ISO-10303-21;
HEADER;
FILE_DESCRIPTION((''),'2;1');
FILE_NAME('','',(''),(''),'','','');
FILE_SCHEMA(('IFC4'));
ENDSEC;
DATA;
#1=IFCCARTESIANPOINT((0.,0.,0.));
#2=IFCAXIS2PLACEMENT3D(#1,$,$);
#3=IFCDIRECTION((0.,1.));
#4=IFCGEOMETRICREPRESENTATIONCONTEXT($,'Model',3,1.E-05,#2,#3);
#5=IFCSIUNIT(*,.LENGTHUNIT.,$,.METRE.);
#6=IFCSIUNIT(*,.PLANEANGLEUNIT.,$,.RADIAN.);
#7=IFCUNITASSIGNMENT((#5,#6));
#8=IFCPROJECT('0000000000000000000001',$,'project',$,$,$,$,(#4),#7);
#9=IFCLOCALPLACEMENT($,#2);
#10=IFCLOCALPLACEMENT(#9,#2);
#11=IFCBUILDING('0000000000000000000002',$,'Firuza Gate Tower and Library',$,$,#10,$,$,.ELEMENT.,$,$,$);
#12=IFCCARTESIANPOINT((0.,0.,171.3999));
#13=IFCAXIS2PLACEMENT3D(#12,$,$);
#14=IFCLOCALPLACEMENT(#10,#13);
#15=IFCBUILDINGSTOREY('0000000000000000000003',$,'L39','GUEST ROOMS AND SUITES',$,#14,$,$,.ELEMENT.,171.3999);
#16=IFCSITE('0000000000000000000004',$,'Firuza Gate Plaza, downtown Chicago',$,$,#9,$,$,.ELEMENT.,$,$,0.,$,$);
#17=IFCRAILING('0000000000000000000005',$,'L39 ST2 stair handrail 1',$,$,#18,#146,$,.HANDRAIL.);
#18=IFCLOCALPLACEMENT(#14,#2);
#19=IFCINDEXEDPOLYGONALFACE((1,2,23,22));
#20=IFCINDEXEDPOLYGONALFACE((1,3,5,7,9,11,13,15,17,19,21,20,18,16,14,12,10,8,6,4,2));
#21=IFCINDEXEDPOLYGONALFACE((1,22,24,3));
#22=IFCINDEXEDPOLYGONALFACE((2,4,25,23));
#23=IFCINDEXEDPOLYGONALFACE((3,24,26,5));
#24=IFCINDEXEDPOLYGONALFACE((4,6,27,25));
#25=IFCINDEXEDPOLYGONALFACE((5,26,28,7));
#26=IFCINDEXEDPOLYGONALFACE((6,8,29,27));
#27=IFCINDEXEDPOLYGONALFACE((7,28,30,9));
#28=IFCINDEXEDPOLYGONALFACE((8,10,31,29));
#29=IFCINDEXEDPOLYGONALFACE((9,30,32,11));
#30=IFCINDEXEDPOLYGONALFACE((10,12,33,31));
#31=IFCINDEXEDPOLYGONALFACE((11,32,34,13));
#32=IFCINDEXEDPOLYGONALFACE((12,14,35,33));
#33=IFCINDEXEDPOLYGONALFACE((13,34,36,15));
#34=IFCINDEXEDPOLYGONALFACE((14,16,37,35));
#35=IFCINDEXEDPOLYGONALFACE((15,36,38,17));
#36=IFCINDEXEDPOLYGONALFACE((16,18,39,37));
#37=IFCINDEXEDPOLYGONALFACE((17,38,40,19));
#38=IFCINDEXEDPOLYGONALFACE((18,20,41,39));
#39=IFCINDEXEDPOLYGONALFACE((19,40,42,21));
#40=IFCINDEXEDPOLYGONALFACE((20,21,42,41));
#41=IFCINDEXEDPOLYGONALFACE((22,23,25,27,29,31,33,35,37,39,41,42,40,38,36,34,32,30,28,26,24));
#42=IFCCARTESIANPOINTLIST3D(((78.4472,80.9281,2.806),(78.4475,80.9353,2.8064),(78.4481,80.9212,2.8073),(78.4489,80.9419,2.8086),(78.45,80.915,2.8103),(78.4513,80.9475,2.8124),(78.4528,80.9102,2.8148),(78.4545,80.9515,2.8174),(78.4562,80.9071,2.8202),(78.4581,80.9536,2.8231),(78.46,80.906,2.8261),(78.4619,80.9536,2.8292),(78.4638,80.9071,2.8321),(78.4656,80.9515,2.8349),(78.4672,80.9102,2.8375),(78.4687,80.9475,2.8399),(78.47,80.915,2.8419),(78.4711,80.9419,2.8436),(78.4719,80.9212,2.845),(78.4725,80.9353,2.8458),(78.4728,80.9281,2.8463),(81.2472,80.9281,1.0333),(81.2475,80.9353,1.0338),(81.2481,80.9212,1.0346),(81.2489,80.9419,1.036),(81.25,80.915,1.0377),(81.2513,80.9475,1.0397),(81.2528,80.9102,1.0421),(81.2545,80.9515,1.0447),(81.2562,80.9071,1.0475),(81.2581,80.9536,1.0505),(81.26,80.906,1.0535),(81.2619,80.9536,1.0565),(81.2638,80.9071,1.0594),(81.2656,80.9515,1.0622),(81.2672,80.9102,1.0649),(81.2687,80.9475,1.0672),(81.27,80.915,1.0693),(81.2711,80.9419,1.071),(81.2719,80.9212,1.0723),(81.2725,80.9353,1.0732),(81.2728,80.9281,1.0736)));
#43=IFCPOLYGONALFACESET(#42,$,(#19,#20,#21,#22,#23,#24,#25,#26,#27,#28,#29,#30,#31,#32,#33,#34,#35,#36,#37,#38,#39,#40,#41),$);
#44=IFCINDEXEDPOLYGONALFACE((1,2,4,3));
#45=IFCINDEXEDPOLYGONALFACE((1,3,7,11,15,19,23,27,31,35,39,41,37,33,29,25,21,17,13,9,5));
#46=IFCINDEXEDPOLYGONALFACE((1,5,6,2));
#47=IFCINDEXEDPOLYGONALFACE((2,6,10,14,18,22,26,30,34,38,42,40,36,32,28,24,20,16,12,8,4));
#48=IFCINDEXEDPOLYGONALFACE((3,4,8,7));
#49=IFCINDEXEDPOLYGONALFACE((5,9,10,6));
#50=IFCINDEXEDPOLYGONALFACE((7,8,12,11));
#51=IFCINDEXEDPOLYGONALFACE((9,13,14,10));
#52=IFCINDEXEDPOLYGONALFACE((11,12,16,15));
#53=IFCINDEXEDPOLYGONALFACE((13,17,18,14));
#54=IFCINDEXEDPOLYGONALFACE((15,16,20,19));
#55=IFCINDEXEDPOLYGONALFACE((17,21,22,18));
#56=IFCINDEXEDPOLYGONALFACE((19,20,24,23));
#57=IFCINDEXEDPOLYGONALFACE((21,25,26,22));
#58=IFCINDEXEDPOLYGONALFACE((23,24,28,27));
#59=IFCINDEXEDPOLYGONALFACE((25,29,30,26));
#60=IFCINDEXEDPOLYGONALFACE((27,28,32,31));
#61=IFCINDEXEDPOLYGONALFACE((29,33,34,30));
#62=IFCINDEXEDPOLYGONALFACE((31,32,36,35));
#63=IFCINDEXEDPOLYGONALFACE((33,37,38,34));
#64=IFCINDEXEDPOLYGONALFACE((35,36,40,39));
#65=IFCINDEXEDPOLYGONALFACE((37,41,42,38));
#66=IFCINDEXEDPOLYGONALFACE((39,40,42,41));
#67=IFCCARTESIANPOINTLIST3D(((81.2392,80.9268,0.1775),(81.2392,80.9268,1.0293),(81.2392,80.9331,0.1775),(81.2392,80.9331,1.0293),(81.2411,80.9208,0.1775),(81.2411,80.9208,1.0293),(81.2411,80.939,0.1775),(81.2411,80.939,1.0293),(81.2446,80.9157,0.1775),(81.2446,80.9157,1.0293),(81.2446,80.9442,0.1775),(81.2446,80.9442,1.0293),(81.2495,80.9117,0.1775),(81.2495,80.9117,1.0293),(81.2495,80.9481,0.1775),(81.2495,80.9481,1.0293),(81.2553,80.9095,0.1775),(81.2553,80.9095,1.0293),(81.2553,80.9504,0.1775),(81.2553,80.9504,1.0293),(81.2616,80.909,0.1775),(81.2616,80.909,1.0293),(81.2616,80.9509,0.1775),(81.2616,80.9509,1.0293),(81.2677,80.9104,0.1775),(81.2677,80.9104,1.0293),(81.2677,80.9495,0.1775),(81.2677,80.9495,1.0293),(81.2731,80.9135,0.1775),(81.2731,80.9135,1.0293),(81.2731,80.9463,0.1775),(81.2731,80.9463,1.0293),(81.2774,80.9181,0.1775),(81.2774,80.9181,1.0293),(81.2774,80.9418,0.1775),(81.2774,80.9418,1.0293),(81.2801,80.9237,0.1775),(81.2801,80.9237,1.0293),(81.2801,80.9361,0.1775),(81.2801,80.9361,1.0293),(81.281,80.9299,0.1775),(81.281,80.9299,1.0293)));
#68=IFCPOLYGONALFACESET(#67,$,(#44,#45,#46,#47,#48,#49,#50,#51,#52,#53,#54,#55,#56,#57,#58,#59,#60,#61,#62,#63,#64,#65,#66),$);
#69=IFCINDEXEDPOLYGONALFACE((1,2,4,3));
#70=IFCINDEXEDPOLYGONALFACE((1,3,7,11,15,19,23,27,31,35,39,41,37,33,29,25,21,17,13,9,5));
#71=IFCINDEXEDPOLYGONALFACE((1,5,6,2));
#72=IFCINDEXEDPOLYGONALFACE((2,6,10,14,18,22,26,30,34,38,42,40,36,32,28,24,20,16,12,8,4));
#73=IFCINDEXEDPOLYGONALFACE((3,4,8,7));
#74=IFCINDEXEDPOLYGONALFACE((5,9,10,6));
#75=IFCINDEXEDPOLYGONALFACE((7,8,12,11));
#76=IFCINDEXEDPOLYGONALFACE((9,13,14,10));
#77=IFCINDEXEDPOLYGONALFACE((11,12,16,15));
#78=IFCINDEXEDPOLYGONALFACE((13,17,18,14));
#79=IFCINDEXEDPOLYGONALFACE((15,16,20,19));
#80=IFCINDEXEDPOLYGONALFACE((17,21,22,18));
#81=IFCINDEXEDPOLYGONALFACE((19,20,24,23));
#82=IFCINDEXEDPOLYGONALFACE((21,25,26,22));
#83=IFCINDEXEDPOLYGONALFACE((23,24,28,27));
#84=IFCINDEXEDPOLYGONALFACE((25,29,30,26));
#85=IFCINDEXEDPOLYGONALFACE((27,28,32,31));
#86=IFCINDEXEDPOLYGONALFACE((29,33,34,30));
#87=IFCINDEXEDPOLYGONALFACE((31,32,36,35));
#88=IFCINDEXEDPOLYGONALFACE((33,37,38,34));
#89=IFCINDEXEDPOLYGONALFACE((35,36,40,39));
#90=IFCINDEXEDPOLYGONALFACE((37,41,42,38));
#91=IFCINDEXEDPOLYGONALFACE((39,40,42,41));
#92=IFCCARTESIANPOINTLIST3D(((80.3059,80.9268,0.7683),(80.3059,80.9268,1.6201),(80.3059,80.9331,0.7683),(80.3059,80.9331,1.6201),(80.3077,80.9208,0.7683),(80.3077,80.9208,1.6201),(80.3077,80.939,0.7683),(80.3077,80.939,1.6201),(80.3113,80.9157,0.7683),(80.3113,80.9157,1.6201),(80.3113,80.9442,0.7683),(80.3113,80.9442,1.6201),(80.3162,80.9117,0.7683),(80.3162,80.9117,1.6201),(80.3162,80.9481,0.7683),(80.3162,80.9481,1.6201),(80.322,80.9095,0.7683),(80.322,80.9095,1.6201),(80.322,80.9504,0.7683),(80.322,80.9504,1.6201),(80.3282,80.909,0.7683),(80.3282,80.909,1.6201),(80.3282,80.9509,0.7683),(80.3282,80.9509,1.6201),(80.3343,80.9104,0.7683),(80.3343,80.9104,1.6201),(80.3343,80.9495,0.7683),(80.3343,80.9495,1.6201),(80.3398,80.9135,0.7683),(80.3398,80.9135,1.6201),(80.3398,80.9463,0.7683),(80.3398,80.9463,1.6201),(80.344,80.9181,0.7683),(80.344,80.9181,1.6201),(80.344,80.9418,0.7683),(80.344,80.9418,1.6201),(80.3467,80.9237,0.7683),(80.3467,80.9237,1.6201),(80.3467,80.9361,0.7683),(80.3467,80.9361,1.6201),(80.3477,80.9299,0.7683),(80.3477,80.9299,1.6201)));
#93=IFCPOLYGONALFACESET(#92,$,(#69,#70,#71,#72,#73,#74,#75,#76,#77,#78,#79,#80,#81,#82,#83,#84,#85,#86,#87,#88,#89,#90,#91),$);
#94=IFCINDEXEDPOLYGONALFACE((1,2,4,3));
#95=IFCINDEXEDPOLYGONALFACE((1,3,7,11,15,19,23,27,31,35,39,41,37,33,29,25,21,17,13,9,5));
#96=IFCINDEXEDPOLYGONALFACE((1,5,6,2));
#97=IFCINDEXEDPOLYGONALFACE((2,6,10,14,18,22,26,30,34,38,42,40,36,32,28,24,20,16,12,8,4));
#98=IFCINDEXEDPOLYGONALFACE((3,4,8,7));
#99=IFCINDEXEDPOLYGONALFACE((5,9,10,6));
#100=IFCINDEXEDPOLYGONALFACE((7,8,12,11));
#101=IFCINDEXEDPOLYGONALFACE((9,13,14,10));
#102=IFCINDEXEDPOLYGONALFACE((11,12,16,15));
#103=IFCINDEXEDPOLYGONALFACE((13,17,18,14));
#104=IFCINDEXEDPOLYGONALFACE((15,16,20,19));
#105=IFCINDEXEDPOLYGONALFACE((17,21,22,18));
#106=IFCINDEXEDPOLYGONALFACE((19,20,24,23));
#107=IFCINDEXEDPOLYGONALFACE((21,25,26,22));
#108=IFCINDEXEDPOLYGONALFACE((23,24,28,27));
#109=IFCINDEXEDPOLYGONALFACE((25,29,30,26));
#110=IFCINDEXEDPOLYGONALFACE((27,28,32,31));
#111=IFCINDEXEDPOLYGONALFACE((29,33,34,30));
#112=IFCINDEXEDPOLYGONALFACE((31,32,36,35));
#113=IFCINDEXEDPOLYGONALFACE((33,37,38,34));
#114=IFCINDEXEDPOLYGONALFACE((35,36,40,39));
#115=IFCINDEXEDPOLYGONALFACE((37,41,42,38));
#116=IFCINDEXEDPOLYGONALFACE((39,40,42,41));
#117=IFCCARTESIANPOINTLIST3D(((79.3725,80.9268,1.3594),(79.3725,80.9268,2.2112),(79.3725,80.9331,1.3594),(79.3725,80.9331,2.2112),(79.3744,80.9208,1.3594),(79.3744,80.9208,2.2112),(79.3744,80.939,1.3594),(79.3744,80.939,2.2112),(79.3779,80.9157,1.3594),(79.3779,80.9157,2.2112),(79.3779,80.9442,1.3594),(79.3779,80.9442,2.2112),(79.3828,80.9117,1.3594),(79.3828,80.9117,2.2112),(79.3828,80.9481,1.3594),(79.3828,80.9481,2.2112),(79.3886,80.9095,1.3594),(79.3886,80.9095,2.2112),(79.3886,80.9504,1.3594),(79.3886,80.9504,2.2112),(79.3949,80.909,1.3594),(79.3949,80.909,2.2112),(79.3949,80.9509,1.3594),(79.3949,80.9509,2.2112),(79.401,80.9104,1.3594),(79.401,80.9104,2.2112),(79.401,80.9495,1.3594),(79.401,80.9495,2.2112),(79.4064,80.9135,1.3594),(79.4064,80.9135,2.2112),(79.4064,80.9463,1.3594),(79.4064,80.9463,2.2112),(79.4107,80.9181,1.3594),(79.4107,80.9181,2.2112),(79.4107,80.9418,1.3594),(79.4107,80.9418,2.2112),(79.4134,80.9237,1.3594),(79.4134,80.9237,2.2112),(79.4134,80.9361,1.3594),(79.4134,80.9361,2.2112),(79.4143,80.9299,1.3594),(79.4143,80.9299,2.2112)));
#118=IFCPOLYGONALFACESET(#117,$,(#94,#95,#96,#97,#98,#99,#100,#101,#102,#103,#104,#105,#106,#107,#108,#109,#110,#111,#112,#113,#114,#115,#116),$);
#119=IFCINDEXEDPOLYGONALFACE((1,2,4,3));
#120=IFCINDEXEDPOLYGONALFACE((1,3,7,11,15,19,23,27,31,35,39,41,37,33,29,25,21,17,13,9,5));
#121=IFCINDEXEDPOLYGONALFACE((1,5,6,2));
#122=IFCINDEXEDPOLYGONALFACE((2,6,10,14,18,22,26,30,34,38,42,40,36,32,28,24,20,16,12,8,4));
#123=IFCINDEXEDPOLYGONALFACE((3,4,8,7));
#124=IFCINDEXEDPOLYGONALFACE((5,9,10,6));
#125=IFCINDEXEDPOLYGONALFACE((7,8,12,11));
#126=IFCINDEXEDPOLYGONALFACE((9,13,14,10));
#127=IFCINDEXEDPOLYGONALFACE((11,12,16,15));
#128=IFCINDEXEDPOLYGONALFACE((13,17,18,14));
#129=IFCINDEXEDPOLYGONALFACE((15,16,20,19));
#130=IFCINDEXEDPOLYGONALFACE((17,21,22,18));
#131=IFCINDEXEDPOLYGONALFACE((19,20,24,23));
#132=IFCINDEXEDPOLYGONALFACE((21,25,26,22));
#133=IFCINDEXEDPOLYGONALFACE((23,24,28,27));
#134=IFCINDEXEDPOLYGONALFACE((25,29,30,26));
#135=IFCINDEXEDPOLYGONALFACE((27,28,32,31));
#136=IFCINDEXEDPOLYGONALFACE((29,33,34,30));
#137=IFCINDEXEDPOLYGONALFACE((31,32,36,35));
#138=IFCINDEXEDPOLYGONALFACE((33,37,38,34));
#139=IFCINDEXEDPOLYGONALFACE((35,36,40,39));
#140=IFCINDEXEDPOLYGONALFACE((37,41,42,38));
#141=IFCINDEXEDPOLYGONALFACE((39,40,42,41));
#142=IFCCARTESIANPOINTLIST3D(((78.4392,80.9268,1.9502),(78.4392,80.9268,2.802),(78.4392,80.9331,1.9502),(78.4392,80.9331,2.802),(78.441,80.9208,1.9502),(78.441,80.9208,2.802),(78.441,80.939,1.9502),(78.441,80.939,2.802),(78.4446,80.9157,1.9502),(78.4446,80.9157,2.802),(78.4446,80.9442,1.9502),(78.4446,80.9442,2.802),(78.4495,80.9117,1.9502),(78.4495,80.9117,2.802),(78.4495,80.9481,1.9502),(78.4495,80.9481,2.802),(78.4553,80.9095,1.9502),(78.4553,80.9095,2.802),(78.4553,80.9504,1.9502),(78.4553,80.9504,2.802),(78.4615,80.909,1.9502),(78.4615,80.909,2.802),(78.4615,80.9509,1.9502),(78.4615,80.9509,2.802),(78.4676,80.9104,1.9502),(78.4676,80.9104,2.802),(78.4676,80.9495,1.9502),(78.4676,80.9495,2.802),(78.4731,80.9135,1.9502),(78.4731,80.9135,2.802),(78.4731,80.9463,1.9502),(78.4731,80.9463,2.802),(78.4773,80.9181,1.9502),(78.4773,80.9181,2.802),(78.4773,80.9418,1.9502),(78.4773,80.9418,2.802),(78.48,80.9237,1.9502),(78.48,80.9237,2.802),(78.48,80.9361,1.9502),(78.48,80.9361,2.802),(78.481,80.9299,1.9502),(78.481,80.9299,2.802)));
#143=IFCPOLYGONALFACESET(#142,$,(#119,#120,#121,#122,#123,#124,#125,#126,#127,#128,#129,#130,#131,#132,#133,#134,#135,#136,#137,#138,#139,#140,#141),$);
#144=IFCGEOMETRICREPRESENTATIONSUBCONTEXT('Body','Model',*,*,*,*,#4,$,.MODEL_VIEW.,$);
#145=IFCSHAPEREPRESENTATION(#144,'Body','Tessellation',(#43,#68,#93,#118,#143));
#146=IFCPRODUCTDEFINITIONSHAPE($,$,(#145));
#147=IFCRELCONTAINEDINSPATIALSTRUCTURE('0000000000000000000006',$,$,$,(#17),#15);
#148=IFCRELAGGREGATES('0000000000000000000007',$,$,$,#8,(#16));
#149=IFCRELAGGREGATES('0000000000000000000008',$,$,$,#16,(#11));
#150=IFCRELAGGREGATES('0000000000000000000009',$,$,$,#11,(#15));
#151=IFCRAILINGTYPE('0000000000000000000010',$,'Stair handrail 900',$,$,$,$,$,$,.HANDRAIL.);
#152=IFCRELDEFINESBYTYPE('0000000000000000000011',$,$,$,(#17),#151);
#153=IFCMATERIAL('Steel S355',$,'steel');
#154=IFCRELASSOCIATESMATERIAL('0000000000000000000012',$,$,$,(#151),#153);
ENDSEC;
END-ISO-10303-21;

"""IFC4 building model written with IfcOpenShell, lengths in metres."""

from ifc_helpers import new_model, si_unit, direction, frame, origin, origin_2d, place, context, subcontext, project, spatial, circle, extrude, material, type_object, element, save


model = new_model("IFC4")

# Units and contexts
model_context = context("Model", 3, precision=1e-05, world=origin(), true_north=direction((0.0, 1.0)))
body_context = subcontext(model_context, "Body", "Model", "MODEL_VIEW")
ifc_project = project(units=[si_unit("LENGTHUNIT", "METRE"), si_unit("PLANEANGLEUNIT", "RADIAN")], contexts=[model_context])

# Site, building, storey
site_placement = place(None, origin())
site = spatial("IfcSite", under=ifc_project, at=site_placement, Name="Firuza Gate Plaza, downtown Chicago", CompositionType="ELEMENT", RefElevation=0.0)
building_placement = place(site_placement, origin())
building = spatial("IfcBuilding", under=site, at=building_placement, Name="Firuza Gate Tower and Library", CompositionType="ELEMENT")
storey_placement = place(building_placement, frame((0.0, 0.0, 171.3999)))
storey = spatial("IfcBuildingStorey", under=building, at=storey_placement, Name="L39", Description="GUEST ROOMS AND SUITES", CompositionType="ELEMENT", Elevation=171.3999)

# Railing
ifc_material_1 = material(Name="Steel S355", Category="steel")
railing_type_1 = type_object("IfcRailingType", Name="Stair handrail 900", PredefinedType="HANDRAIL", material=ifc_material_1)
railing_1_placement = place(storey_placement, frame((81.26, 80.9299, 0.1775)))
element("IfcRailing", 1, at=railing_1_placement, inside=storey, type_object=railing_type_1, Name="L39 ST2 stair handrail 1", PredefinedType="HANDRAIL", context=body_context, shape_type="SweptSolid", body=[
    extrude(circle(Radius=0.0239, at=origin_2d()), frame((0.0, 0.0, 0.876), z_axis=(-0.844909, 0.0, 0.53491), x_axis=(0.0, -1.0, 0.0)), (0.0, 0.0, 1.0), 3.314),
    extrude(circle(Radius=0.021, at=origin_2d()), origin(), (0.0, 0.0, 1.0), 0.8518),
    extrude(circle(Radius=0.021, at=origin_2d()), frame((-0.9333, 0.0, 0.5908)), (0.0, 0.0, 1.0), 0.8518),
    extrude(circle(Radius=0.021, at=origin_2d()), frame((-1.8667, 0.0, 1.1819)), (0.0, 0.0, 1.0), 0.8518),
    extrude(circle(Radius=0.021, at=origin_2d()), frame((-2.8, 0.0, 1.7727)), (0.0, 0.0, 1.0), 0.8518),
])

save(model, "model.ifc")
